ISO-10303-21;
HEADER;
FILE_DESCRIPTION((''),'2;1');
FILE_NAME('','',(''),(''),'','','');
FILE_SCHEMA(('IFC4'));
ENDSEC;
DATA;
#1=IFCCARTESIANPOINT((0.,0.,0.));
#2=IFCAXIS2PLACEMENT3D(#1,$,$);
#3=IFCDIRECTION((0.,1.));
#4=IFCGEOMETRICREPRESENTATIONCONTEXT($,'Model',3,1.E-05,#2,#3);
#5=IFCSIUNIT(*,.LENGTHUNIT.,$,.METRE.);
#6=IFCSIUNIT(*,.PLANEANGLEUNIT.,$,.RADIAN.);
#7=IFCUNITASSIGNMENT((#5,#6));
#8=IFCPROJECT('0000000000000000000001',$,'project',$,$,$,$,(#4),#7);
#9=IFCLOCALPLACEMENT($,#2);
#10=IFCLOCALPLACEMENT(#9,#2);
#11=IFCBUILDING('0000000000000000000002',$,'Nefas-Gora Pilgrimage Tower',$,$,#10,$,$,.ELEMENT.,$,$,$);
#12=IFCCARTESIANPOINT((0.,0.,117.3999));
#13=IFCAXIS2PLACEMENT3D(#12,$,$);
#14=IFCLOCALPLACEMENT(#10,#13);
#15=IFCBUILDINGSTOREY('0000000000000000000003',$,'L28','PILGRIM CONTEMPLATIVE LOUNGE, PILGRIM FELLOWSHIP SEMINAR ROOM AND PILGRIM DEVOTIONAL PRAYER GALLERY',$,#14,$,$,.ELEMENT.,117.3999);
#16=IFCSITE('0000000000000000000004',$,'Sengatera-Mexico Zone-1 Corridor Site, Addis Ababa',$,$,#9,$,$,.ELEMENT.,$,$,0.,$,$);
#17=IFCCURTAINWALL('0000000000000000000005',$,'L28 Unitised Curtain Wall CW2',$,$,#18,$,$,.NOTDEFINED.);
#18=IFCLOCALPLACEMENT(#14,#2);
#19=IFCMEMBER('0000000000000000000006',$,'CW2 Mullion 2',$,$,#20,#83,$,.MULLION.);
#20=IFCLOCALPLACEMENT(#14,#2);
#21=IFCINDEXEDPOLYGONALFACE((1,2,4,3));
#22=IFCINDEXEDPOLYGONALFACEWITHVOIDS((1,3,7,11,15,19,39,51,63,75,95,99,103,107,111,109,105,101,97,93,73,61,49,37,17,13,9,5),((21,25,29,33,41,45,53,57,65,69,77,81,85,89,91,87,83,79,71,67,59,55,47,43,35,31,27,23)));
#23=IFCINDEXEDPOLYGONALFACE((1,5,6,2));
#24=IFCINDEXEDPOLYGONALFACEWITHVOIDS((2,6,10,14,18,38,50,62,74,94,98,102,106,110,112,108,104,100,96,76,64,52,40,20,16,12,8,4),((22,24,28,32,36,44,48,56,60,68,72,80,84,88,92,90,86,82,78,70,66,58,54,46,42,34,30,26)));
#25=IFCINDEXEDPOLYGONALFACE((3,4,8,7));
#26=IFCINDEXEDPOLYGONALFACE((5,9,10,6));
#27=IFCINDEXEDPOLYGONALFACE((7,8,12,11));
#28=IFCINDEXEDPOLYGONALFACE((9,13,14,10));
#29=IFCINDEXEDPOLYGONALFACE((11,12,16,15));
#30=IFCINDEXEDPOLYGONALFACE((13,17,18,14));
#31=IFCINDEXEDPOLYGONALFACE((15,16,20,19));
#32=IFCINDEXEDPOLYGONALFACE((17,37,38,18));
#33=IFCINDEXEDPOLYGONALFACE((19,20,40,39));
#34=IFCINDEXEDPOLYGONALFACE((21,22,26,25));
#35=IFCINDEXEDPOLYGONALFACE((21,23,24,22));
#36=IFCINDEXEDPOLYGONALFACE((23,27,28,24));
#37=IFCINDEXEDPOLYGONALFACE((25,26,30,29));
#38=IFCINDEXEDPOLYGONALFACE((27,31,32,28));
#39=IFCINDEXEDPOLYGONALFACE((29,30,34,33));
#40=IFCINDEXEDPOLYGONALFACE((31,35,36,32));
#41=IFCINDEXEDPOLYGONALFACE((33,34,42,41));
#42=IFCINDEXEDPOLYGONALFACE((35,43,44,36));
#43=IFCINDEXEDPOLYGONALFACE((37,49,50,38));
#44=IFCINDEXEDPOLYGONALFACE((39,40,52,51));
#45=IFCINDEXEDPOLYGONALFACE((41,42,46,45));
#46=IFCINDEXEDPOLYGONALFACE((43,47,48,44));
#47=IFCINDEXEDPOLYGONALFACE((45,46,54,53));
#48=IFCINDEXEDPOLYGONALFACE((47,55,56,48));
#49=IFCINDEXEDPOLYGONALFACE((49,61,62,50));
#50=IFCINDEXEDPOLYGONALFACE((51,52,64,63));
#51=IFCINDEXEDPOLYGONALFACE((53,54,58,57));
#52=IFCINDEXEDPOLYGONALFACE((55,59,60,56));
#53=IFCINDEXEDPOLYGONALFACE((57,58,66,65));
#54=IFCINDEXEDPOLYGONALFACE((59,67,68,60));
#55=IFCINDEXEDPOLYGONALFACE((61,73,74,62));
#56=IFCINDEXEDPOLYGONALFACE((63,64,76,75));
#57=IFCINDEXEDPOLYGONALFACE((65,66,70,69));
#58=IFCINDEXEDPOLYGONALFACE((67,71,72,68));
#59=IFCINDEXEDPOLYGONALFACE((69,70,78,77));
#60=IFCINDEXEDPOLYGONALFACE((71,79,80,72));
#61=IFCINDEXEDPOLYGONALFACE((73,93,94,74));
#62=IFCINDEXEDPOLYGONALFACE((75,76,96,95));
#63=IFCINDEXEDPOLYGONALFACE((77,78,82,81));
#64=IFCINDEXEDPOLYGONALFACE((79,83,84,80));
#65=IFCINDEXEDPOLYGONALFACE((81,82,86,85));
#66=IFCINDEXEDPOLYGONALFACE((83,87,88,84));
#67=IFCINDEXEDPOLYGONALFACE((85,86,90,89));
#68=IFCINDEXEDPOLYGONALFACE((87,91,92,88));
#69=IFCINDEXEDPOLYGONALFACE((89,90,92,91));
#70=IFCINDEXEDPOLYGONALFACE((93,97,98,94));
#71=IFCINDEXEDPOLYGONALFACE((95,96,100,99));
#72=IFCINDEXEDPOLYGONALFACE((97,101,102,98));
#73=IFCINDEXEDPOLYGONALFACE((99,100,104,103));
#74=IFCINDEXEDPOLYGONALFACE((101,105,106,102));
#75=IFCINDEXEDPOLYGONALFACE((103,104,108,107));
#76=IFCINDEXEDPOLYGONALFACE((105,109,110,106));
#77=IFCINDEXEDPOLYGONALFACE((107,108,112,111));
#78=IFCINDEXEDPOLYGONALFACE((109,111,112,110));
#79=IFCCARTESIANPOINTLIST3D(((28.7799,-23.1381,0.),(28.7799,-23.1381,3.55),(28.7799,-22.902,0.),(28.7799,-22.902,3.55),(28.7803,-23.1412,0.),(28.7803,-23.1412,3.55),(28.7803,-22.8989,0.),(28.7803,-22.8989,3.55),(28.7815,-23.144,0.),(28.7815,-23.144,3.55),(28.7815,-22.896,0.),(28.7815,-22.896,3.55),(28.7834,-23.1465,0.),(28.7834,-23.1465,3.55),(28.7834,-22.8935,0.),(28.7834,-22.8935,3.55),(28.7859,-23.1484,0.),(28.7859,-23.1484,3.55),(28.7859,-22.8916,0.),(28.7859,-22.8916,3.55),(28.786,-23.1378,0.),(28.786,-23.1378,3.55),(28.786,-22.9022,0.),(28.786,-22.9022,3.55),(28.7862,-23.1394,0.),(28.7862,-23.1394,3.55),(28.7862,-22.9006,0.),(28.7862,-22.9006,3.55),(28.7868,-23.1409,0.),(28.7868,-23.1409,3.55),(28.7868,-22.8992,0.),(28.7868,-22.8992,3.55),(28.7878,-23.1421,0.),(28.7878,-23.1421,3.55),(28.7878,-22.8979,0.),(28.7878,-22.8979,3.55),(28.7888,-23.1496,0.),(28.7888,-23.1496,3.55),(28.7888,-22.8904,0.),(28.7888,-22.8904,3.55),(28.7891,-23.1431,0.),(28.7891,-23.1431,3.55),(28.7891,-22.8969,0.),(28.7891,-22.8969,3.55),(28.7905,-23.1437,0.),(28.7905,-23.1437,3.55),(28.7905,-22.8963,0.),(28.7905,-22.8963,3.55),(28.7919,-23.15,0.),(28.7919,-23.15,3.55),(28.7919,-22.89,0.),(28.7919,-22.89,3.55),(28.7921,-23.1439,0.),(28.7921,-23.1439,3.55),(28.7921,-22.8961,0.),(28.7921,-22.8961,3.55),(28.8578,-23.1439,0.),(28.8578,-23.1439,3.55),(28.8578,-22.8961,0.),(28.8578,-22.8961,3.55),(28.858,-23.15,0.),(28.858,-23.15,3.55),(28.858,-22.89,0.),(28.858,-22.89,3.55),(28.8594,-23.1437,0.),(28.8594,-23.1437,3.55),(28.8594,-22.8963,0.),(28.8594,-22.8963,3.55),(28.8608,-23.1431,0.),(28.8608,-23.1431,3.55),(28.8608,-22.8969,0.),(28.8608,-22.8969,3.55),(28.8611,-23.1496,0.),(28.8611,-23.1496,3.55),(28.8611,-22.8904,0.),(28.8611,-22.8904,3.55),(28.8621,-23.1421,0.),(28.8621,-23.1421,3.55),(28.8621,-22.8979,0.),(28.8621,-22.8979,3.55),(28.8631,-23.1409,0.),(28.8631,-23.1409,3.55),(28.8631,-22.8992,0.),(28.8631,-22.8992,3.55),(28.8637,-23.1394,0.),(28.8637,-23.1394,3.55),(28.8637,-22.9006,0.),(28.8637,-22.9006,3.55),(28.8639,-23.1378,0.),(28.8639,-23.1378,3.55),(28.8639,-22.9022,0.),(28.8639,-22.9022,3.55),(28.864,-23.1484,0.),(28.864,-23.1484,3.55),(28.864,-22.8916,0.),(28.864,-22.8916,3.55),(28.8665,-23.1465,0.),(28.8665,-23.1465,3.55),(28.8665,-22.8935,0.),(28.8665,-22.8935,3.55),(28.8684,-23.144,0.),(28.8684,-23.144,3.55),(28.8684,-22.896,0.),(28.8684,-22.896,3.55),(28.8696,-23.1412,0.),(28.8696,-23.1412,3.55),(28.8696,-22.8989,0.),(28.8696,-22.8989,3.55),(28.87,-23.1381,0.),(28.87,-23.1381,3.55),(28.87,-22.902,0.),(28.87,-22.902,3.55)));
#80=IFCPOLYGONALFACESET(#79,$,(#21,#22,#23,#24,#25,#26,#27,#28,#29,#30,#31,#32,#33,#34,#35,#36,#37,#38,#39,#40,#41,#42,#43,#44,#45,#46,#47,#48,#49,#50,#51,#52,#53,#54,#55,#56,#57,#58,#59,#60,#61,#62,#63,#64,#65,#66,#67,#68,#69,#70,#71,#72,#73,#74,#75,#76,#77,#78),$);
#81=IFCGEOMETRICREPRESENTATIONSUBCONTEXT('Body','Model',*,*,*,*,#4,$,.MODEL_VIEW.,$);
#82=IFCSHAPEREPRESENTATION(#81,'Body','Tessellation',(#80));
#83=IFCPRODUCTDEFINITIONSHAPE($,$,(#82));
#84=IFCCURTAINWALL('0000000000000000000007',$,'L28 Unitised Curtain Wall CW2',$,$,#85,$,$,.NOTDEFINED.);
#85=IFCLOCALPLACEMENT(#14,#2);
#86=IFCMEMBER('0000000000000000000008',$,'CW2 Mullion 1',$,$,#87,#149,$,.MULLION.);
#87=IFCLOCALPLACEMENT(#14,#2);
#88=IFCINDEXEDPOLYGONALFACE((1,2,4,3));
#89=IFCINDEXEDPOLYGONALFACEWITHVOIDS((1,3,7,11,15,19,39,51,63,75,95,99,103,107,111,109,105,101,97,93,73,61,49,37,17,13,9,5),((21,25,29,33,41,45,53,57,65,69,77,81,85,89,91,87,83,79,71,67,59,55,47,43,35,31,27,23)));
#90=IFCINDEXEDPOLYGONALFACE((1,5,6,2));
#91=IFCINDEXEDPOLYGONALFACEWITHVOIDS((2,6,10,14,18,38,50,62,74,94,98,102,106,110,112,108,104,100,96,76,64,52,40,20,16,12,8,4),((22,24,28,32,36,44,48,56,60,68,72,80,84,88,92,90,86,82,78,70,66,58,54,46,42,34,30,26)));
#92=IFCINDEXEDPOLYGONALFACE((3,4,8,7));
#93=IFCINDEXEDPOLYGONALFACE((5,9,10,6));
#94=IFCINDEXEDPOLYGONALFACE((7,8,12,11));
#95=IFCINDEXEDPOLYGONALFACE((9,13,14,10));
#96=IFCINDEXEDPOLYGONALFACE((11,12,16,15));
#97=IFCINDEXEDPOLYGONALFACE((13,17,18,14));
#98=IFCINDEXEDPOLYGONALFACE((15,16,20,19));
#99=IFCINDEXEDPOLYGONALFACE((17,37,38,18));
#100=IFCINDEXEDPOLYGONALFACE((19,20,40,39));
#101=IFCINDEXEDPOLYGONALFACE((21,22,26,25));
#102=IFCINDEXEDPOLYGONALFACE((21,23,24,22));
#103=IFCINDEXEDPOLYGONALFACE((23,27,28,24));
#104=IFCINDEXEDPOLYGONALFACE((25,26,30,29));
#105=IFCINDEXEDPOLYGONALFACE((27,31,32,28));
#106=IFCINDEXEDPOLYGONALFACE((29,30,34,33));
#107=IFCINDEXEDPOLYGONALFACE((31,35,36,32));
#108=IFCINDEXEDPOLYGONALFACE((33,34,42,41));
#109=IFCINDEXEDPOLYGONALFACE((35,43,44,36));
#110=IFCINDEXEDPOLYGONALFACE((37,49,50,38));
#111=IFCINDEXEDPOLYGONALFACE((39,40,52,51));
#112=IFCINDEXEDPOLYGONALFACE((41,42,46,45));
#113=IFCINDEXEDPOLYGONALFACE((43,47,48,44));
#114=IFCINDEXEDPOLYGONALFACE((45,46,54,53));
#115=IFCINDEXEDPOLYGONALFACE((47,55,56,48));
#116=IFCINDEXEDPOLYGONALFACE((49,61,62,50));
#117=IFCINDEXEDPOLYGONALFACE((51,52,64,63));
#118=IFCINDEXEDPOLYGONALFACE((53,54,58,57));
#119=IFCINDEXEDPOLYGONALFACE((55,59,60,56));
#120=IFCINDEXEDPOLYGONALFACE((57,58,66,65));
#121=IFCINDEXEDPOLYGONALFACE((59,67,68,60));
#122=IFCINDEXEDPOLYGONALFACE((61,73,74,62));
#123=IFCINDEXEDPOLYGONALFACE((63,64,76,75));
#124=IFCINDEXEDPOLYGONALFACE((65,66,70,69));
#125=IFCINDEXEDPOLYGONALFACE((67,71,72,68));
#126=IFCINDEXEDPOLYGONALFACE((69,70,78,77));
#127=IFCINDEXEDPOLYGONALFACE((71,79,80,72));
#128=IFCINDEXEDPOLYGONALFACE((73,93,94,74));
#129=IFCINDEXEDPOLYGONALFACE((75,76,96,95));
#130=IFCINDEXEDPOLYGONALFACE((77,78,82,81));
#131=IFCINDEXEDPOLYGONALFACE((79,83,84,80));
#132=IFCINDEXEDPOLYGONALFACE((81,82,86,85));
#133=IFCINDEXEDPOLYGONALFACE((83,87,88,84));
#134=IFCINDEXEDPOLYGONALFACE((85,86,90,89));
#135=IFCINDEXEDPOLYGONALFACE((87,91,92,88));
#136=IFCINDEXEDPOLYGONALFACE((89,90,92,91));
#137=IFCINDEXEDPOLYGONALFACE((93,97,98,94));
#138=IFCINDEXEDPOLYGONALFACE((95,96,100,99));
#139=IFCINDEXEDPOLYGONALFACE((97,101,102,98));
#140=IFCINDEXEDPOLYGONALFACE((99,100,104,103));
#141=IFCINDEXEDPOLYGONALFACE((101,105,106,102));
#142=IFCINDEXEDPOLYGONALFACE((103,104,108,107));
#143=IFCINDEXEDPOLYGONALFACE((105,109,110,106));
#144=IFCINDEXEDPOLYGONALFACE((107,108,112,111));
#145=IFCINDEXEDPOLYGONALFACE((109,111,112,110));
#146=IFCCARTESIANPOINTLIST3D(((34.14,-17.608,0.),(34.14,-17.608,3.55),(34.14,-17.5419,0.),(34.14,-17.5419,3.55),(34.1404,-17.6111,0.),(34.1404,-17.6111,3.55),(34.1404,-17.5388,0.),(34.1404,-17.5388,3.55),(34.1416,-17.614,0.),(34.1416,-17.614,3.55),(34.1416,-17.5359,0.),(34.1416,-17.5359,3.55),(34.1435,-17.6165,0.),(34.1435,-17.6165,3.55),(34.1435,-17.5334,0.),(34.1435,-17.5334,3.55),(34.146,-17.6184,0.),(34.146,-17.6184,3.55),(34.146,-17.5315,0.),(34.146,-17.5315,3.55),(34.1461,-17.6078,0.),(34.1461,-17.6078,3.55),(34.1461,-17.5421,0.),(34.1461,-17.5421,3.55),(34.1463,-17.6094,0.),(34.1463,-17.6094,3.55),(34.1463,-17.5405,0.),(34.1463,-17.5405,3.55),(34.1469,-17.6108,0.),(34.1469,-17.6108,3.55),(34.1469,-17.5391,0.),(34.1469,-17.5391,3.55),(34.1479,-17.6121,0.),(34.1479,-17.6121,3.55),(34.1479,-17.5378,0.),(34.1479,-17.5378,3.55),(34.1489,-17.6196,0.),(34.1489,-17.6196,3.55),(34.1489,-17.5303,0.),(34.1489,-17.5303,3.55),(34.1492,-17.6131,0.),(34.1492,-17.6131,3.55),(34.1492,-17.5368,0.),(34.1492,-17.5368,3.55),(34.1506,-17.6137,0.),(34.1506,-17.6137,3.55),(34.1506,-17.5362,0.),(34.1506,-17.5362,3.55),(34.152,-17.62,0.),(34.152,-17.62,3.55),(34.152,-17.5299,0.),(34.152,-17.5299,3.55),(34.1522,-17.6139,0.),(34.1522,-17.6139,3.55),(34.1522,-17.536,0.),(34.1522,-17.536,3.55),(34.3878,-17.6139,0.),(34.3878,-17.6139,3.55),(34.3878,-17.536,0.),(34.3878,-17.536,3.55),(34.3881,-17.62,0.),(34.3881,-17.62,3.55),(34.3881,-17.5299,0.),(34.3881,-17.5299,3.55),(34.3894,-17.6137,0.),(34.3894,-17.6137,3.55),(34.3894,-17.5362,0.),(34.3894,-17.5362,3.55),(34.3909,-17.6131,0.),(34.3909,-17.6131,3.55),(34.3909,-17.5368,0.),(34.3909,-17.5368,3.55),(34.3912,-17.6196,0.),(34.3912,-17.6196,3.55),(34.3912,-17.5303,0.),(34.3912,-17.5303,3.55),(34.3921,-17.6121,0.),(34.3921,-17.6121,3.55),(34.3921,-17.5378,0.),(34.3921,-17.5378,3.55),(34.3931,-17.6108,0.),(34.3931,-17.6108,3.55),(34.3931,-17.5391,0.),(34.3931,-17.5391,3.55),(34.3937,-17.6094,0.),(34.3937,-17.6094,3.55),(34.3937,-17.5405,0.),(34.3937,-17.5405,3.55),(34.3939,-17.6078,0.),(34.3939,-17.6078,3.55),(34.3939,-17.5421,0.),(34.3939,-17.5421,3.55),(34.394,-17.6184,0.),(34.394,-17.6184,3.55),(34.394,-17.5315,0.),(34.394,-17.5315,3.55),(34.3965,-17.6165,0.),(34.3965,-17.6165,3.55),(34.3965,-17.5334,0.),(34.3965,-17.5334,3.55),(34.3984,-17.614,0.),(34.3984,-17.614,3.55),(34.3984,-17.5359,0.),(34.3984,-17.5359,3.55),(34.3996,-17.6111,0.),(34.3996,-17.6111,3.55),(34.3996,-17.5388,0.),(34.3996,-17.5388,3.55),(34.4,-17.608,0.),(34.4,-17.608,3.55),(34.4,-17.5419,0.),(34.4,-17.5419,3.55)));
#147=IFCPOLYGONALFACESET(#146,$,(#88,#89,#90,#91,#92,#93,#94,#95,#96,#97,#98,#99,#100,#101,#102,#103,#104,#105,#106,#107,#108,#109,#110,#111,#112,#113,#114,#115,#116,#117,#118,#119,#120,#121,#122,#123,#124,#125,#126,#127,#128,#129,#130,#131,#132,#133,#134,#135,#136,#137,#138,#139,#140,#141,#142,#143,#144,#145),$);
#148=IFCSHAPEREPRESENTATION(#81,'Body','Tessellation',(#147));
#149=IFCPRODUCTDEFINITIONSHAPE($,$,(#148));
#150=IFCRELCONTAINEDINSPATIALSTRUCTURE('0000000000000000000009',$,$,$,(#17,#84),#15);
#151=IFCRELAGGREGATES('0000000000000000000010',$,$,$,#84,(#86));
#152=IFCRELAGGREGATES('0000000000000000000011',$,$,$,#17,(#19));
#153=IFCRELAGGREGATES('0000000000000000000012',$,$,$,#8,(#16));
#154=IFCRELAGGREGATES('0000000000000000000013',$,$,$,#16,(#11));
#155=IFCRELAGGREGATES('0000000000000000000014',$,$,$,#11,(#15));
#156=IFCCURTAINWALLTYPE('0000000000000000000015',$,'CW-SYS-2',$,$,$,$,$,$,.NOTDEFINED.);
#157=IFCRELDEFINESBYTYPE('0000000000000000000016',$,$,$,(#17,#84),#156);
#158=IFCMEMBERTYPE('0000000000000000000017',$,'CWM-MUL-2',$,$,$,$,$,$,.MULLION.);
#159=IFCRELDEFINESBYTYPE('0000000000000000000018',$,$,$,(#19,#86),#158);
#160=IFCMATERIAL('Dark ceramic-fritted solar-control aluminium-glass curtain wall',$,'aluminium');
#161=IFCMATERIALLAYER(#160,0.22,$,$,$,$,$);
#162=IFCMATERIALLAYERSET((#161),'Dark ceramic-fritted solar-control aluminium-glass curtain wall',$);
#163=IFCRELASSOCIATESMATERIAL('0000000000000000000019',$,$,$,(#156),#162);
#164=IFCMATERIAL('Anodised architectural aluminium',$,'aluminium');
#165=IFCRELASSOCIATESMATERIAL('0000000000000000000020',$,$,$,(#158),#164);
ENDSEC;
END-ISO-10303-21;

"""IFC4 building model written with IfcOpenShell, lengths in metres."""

from ifc_helpers import new_model, si_unit, direction, frame, origin, origin_2d, place, context, subcontext, project, spatial, hollow_rectangle, extrude, source, transform, mapped, material, layer, layer_set, material_profile, profile_set, type_object, element, aggregate, save


model = new_model("IFC4")

# Units and contexts
model_context = context("Model", 3, precision=1e-05, world=origin(), true_north=direction((0.0, 1.0)))
body_context = subcontext(model_context, "Body", "Model", "MODEL_VIEW")
ifc_project = project(units=[si_unit("LENGTHUNIT", "METRE"), si_unit("PLANEANGLEUNIT", "RADIAN")], contexts=[model_context])

# Site, building, storey
site_placement = place(None, origin())
site = spatial("IfcSite", under=ifc_project, at=site_placement, Name="Sengatera-Mexico Zone-1 Corridor Site, Addis Ababa", CompositionType="ELEMENT", RefElevation=0.0)
building_placement = place(site_placement, origin())
building = spatial("IfcBuilding", under=site, at=building_placement, Name="Nefas-Gora Pilgrimage Tower", CompositionType="ELEMENT")
storey_placement = place(building_placement, frame((0.0, 0.0, 117.3999)))
storey = spatial("IfcBuildingStorey", under=building, at=storey_placement, Name="L28", Description="PILGRIM CONTEMPLATIVE LOUNGE, PILGRIM FELLOWSHIP SEMINAR ROOM AND PILGRIM DEVOTIONAL PRAYER GALLERY", CompositionType="ELEMENT", Elevation=117.3999)

# Curtain wall, member
ifc_material_1 = material(Name="Dark ceramic-fritted solar-control aluminium-glass curtain wall", Category="aluminium")
ifc_layer_1 = layer(ifc_material_1, 0.22)
ifc_layer_set_1 = layer_set([ifc_layer_1], Name="Dark ceramic-fritted solar-control aluminium-glass curtain wall")
curtain_wall_type = type_object("IfcCurtainWallType", Name="CW-SYS-2", PredefinedType="NOTDEFINED", material=ifc_layer_set_1)
curtain_wall_1_placement = place(storey_placement, origin())
curtain_wall_1 = element("IfcCurtainWall", 1, at=curtain_wall_1_placement, inside=storey, type_object=curtain_wall_type, Name="L28 Unitised Curtain Wall CW2", PredefinedType="NOTDEFINED")
ifc_material_2 = material(Name="Anodised architectural aluminium", Category="aluminium")
ifc_material_profile_1 = material_profile(ifc_material_2, hollow_rectangle(XDim=0.0901, YDim=0.26, WallThickness=0.0061, InnerFilletRadius=0.0061, OuterFilletRadius=0.012, at=origin_2d()), Name="ALU MULLION 90x260")
ifc_profile_set_1 = profile_set([ifc_material_profile_1], Name="Anodised architectural aluminium")
member_type_1 = type_object("IfcMemberType", Name="CWM-MUL-2", PredefinedType="MULLION", material=ifc_profile_set_1)
shared_shape_1 = source(origin(), body_context, "Body", "SweptSolid", [
    extrude(hollow_rectangle(XDim=0.0901, YDim=0.26, WallThickness=0.0061, InnerFilletRadius=0.0061, OuterFilletRadius=0.012, at=origin_2d()), origin(), (0.0, 0.0, 1.0), 3.55),
])
member_1_placement = place(storey_placement, frame((28.825, -23.02, 0.0), z_axis=(0.0, 0.0, 1.0), x_axis=(1.0, 0.0, 0.0)))
member_1 = element("IfcMember", 2, at=member_1_placement, type_object=member_type_1, Name="CW2 Mullion 2", PredefinedType="MULLION", context=body_context, shape_type="MappedRepresentation", body=[
    mapped(shared_shape_1, transform((0.0, 0.0, 0.0), x_axis=(1.0, 0.0, 0.0), y_axis=(0.0, 1.0, 0.0), z_axis=(0.0, 0.0, 1.0), scale=1.0)),
])

# Curtain wall, member
curtain_wall_2_placement = place(storey_placement, origin())
curtain_wall_2 = element("IfcCurtainWall", 3, at=curtain_wall_2_placement, inside=storey, type_object=curtain_wall_type, Name="L28 Unitised Curtain Wall CW2", PredefinedType="NOTDEFINED")
member_2_placement = place(storey_placement, frame((34.27, -17.575, 0.0), z_axis=(0.0, 0.0, 1.0), x_axis=(0.0, 1.0, 0.0)))
member_2 = element("IfcMember", 4, at=member_2_placement, type_object=member_type_1, Name="CW2 Mullion 1", PredefinedType="MULLION", context=body_context, shape_type="MappedRepresentation", body=[
    mapped(shared_shape_1, transform((0.0, 0.0, 0.0), x_axis=(1.0, 0.0, 0.0), y_axis=(0.0, 1.0, 0.0), z_axis=(0.0, 0.0, 1.0), scale=1.0)),
])
aggregate(curtain_wall_2, [member_2])

aggregate(curtain_wall_1, [member_1])

save(model, "model.ifc")
